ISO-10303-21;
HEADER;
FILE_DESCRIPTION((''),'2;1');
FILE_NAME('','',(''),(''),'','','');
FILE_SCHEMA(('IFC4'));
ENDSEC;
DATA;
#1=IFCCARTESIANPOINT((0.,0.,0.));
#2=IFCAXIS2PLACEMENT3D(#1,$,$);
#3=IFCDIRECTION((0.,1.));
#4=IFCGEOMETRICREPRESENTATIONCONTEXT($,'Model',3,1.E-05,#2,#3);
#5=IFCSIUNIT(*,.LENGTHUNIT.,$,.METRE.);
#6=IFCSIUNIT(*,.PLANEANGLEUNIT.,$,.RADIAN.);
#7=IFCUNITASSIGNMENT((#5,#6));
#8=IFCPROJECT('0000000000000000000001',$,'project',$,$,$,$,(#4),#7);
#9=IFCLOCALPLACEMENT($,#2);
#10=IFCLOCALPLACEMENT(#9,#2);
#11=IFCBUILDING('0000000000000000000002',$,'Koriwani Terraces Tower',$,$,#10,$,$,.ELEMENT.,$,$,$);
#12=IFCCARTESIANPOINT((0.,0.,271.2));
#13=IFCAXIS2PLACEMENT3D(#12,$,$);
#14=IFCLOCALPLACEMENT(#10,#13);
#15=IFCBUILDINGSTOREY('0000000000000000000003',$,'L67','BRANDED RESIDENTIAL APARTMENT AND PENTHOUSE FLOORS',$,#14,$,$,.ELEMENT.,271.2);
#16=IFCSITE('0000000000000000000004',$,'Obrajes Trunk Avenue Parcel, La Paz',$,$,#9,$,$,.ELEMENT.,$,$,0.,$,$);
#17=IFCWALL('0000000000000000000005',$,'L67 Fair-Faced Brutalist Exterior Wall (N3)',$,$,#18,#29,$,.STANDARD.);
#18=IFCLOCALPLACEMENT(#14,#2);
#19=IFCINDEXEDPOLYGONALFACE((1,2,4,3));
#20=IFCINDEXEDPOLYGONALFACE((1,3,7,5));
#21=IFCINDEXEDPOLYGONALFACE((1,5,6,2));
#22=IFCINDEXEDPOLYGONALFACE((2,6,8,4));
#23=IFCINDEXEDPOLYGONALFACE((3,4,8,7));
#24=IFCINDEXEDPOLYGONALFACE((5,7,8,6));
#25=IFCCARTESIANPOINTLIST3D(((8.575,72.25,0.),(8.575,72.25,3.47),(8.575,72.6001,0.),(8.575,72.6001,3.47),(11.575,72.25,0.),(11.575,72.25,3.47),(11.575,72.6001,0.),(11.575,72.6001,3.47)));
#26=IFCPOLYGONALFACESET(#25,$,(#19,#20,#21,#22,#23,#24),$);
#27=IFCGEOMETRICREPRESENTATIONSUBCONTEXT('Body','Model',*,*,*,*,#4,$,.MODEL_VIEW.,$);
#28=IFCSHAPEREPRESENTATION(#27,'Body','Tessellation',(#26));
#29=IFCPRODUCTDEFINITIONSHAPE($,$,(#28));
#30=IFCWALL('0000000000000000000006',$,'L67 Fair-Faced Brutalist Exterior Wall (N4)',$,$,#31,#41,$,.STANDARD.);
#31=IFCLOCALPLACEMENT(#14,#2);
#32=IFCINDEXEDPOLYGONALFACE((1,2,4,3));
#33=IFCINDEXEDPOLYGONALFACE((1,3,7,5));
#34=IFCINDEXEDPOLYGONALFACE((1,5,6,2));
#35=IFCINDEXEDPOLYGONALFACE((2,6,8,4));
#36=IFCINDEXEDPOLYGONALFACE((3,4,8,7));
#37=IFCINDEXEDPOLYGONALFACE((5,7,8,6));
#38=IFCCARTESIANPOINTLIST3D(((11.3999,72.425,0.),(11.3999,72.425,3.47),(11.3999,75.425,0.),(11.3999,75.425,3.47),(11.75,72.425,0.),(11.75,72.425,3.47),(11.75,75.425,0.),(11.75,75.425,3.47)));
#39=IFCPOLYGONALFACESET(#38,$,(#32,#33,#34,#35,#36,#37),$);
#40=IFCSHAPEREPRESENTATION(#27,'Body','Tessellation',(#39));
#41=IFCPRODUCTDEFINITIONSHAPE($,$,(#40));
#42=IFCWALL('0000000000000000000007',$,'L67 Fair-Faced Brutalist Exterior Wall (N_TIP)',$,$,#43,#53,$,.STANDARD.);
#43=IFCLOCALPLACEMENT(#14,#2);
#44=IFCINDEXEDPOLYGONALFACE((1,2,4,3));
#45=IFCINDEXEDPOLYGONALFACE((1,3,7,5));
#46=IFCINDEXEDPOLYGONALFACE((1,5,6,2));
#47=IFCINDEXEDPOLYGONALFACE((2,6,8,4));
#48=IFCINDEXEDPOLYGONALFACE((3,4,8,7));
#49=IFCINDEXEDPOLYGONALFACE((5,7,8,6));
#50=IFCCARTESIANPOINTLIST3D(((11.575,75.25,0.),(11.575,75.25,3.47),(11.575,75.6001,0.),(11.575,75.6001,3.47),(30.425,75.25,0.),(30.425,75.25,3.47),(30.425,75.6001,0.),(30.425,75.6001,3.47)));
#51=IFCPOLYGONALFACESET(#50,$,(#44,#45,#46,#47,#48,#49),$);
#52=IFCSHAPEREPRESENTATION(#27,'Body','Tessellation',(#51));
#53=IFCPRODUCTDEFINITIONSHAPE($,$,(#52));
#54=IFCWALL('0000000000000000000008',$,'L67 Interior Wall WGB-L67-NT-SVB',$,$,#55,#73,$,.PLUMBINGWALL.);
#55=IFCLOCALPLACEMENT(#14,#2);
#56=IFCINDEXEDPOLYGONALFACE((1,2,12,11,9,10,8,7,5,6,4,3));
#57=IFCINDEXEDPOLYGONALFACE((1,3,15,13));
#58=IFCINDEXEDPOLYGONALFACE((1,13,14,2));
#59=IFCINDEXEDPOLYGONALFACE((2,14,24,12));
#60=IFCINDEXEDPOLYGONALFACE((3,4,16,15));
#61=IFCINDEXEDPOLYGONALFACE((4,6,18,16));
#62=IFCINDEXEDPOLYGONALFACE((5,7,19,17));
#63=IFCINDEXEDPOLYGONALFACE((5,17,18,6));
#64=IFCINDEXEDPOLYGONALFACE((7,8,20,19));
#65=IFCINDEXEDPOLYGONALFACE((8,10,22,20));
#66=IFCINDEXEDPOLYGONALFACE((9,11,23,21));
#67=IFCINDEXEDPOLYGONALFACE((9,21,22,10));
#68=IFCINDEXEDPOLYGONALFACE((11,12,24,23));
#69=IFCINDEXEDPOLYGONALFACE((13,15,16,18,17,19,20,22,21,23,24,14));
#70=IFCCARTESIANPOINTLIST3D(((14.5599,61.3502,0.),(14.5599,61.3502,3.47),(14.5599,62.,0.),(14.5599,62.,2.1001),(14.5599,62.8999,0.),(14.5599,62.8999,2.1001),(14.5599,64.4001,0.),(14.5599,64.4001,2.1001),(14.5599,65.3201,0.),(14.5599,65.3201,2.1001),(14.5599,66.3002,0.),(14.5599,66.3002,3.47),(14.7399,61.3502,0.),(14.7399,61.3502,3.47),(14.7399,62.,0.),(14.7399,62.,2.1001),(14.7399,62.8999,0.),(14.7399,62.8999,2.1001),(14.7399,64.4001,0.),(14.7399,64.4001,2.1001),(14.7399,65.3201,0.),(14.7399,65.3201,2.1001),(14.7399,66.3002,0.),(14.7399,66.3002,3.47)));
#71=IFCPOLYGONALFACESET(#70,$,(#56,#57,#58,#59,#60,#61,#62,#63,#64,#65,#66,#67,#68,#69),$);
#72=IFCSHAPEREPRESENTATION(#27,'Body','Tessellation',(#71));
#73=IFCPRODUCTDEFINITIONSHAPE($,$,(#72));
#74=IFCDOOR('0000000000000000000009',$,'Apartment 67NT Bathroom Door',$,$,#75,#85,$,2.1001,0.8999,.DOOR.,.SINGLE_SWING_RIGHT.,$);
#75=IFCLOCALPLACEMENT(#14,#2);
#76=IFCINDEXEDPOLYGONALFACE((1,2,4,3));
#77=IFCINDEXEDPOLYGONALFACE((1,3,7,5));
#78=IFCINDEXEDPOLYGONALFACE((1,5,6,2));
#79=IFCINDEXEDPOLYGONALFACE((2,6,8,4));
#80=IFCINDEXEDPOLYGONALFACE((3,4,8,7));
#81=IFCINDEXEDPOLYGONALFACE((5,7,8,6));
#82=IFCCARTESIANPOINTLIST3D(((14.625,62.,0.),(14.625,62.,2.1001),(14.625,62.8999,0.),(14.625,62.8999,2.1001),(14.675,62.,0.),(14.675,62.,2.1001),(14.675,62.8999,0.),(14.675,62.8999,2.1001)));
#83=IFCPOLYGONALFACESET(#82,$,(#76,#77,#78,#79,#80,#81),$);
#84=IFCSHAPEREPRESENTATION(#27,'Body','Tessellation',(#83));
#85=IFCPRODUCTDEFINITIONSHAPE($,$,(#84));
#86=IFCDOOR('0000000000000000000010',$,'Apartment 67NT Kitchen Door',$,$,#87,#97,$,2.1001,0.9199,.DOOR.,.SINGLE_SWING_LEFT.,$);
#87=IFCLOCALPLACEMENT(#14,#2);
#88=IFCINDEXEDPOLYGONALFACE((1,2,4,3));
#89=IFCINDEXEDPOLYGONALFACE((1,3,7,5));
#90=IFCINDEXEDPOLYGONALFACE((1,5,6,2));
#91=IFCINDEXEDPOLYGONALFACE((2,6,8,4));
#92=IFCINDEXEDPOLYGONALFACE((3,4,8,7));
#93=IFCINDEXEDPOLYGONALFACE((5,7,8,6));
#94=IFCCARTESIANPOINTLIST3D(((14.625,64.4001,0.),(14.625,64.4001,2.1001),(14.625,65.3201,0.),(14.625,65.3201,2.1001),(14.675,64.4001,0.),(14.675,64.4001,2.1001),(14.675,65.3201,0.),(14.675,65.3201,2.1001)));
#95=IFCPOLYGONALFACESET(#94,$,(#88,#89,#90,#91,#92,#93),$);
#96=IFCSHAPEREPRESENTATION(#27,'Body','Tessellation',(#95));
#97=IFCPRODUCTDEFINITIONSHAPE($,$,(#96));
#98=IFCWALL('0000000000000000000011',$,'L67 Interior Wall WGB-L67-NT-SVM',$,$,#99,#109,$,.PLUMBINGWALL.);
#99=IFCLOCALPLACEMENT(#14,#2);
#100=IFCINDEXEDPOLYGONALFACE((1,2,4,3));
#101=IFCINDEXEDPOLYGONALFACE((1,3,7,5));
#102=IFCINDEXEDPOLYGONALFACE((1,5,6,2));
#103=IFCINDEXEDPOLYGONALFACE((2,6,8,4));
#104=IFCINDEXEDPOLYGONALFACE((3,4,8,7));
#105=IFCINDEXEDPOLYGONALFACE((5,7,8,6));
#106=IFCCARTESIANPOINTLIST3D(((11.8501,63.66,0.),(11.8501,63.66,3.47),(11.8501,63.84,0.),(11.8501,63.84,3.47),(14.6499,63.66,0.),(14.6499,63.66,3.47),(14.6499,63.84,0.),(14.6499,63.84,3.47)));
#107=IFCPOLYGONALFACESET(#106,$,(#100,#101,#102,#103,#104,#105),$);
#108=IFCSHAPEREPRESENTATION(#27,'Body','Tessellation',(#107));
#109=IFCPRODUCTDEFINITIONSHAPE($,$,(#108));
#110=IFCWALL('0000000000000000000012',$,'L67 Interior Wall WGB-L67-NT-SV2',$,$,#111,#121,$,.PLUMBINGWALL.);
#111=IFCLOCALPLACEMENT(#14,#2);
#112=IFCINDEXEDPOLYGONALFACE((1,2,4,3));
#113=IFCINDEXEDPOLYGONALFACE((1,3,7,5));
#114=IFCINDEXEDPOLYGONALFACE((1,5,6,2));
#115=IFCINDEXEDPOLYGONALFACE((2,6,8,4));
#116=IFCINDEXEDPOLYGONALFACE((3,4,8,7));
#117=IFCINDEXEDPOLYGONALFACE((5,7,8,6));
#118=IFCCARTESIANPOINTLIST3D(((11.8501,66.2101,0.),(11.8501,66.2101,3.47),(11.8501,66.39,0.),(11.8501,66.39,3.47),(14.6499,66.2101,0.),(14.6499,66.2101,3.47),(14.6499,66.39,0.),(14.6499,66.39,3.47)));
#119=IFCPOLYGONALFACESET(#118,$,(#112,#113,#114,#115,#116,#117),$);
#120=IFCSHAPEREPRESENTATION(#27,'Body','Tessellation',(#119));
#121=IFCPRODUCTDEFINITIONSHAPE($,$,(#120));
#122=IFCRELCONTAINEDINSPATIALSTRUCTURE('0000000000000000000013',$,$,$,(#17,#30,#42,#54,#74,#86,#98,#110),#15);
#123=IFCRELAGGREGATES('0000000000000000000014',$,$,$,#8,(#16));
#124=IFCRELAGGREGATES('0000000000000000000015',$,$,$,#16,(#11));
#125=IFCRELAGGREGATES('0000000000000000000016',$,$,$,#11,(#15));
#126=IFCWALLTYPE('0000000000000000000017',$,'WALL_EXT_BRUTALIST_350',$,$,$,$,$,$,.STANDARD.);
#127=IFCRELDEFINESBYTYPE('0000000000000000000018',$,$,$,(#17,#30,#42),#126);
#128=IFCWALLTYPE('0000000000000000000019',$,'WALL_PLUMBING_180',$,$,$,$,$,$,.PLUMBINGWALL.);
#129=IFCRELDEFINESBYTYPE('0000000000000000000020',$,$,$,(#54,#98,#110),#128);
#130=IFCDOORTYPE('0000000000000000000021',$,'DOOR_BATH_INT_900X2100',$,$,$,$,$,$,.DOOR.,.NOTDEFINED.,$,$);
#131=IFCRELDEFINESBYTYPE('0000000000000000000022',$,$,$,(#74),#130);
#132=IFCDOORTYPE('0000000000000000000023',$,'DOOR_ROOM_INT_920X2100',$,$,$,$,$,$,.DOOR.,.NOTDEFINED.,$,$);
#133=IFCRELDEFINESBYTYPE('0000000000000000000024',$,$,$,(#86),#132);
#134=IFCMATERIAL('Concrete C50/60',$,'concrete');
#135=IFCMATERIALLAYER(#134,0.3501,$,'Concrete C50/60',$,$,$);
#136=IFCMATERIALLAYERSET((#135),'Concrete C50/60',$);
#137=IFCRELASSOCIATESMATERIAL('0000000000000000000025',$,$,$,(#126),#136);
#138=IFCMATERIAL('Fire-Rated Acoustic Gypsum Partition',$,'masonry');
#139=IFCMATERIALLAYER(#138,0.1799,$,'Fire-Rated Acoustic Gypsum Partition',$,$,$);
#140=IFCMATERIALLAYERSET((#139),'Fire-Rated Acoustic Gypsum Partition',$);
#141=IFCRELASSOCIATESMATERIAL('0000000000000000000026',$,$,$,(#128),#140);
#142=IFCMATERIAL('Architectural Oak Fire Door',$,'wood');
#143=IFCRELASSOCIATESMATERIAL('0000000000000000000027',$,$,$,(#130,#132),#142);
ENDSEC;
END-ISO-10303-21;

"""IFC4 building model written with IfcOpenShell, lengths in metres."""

from ifc_helpers import new_model, si_unit, direction, frame, frame_2d, origin, place, context, subcontext, project, spatial, rectangle, extrude, material, layer, layer_set, type_object, element, fill, save


model = new_model("IFC4")

# Units and contexts
model_context = context("Model", 3, precision=1e-05, world=origin(), true_north=direction((0.0, 1.0)))
body_context = subcontext(model_context, "Body", "Model", "MODEL_VIEW")
ifc_project = project(units=[si_unit("LENGTHUNIT", "METRE"), si_unit("PLANEANGLEUNIT", "RADIAN")], contexts=[model_context])

# Site, building, storey
site_placement = place(None, origin())
site = spatial("IfcSite", under=ifc_project, at=site_placement, Name="Obrajes Trunk Avenue Parcel, La Paz", CompositionType="ELEMENT", RefElevation=0.0)
building_placement = place(site_placement, origin())
building = spatial("IfcBuilding", under=site, at=building_placement, Name="Koriwani Terraces Tower", CompositionType="ELEMENT")
storey_placement = place(building_placement, frame((0.0, 0.0, 271.2)))
storey = spatial("IfcBuildingStorey", under=building, at=storey_placement, Name="L67", Description="BRANDED RESIDENTIAL APARTMENT AND PENTHOUSE FLOORS", CompositionType="ELEMENT", Elevation=271.2)

# Shared definitions
ifc_material_1 = material(Name="Concrete C50/60", Category="concrete")

# Shared definitions
ifc_material_2 = material(Name="Architectural Oak Fire Door", Category="wood")

# Walls
ifc_layer_1 = layer(ifc_material_1, 0.3501, Name="Concrete C50/60")
ifc_layer_set_1 = layer_set([ifc_layer_1], Name="Concrete C50/60")
wall_type_1 = type_object("IfcWallType", Name="WALL_EXT_BRUTALIST_350", PredefinedType="STANDARD", material=ifc_layer_set_1)
for number, where, z_axis, x_axis, name in (
    (1, (8.575, 72.425, 0.0), (0.0, 0.0, 1.0), (1.0, 0.0, 0.0), "L67 Fair-Faced Brutalist Exterior Wall (N3)"),
    (2, (11.575, 72.425, 0.0), (0.0, 0.0, 1.0), (0.0, 1.0, 0.0), "L67 Fair-Faced Brutalist Exterior Wall (N4)"),
):
    element("IfcWall", number, at=place(storey_placement, frame(where, z_axis=z_axis, x_axis=x_axis)), inside=storey, type_object=wall_type_1, Name=name, PredefinedType="STANDARD", context=body_context, shape_type="SweptSolid", body=[
        extrude(rectangle(XDim=3.0, YDim=0.3501, at=frame_2d((1.5, 0.0))), origin(), (0.0, 0.0, 1.0), 3.47),
    ])
wall_1_placement = place(storey_placement, frame((11.575, 75.425, 0.0), z_axis=(0.0, 0.0, 1.0), x_axis=(1.0, 0.0, 0.0)))
element("IfcWall", 3, at=wall_1_placement, inside=storey, type_object=wall_type_1, Name="L67 Fair-Faced Brutalist Exterior Wall (N_TIP)", PredefinedType="STANDARD", context=body_context, shape_type="SweptSolid", body=[
    extrude(rectangle(XDim=18.8501, YDim=0.3501, at=frame_2d((9.425, 0.0))), origin(), (0.0, 0.0, 1.0), 3.47),
])

# Wall, openings, doors
ifc_material_3 = material(Name="Fire-Rated Acoustic Gypsum Partition", Category="masonry")
ifc_layer_2 = layer(ifc_material_3, 0.1799, Name="Fire-Rated Acoustic Gypsum Partition")
ifc_layer_set_2 = layer_set([ifc_layer_2], Name="Fire-Rated Acoustic Gypsum Partition")
wall_type_2 = type_object("IfcWallType", Name="WALL_PLUMBING_180", PredefinedType="PLUMBINGWALL", material=ifc_layer_set_2)
wall_2_placement = place(storey_placement, frame((14.6499, 61.3501, 0.0), z_axis=(0.0, 0.0, 1.0), x_axis=(0.0, 1.0, 0.0)))
wall_2 = element("IfcWall", 4, at=wall_2_placement, inside=storey, type_object=wall_type_2, Name="L67 Interior Wall WGB-L67-NT-SVB", PredefinedType="PLUMBINGWALL", context=body_context, shape_type="SweptSolid", body=[
    extrude(rectangle(XDim=4.95, YDim=0.1799, at=frame_2d((2.4751, 0.0))), origin(), (0.0, 0.0, 1.0), 3.47),
])
opening_1_placement = place(wall_2_placement, frame((0.6499, 0.0, 0.0)))
opening_1 = element("IfcOpeningElement", 5, at=opening_1_placement, cuts=wall_2, PredefinedType="OPENING", context=body_context, shape_type="SweptSolid", body=[
    extrude(rectangle(XDim=0.8999, YDim=2.1001, at=frame_2d((0.45, 1.05))), frame((0.0, 0.1001, 0.0), z_axis=(0.0, -1.0, 0.0), x_axis=(1.0, 0.0, 0.0)), (0.0, 0.0, 1.0), 0.2),
])
opening_2_placement = place(wall_2_placement, frame((3.05, 0.0, 0.0)))
opening_2 = element("IfcOpeningElement", 6, at=opening_2_placement, cuts=wall_2, PredefinedType="OPENING", context=body_context, shape_type="SweptSolid", body=[
    extrude(rectangle(XDim=0.9199, YDim=2.1001, at=frame_2d((0.46, 1.05))), frame((0.0, 0.1001, 0.0), z_axis=(0.0, -1.0, 0.0), x_axis=(1.0, 0.0, 0.0)), (0.0, 0.0, 1.0), 0.2),
])
door_type_1 = type_object("IfcDoorType", Name="DOOR_BATH_INT_900X2100", OperationType="NOTDEFINED", PredefinedType="DOOR", material=ifc_material_2)
door_1_placement = place(opening_1_placement, origin())
door_1 = element("IfcDoor", 7, at=door_1_placement, inside=storey, type_object=door_type_1, Name="Apartment 67NT Bathroom Door", OperationType="SINGLE_SWING_RIGHT", OverallHeight=2.1001, OverallWidth=0.8999, PredefinedType="DOOR", context=body_context, shape_type="SweptSolid", body=[
    extrude(rectangle(XDim=0.8999, YDim=2.1001, at=frame_2d((0.45, 1.05))), frame((0.0, 0.0249, 0.0), z_axis=(0.0, -1.0, 0.0), x_axis=(1.0, 0.0, 0.0)), (0.0, 0.0, 1.0), 0.05),
])
fill(opening_1, door_1)
door_type_2 = type_object("IfcDoorType", Name="DOOR_ROOM_INT_920X2100", OperationType="NOTDEFINED", PredefinedType="DOOR", material=ifc_material_2)
door_2_placement = place(opening_2_placement, origin())
door_2 = element("IfcDoor", 8, at=door_2_placement, inside=storey, type_object=door_type_2, Name="Apartment 67NT Kitchen Door", OperationType="SINGLE_SWING_LEFT", OverallHeight=2.1001, OverallWidth=0.9199, PredefinedType="DOOR", context=body_context, shape_type="SweptSolid", body=[
    extrude(rectangle(XDim=0.9199, YDim=2.1001, at=frame_2d((0.46, 1.05))), frame((0.0, 0.0249, 0.0), z_axis=(0.0, -1.0, 0.0), x_axis=(1.0, 0.0, 0.0)), (0.0, 0.0, 1.0), 0.05),
])
fill(opening_2, door_2)

# Walls
for number, where, z_axis, x_axis, name in (
    (9, (11.8501, 63.75, 0.0), (0.0, 0.0, 1.0), (1.0, 0.0, 0.0), "L67 Interior Wall WGB-L67-NT-SVM"),
    (10, (11.8501, 66.3, 0.0), (0.0, 0.0, 1.0), (1.0, 0.0, 0.0), "L67 Interior Wall WGB-L67-NT-SV2"),
):
    element("IfcWall", number, at=place(storey_placement, frame(where, z_axis=z_axis, x_axis=x_axis)), inside=storey, type_object=wall_type_2, Name=name, PredefinedType="PLUMBINGWALL", context=body_context, shape_type="SweptSolid", body=[
        extrude(rectangle(XDim=2.7998, YDim=0.1799, at=frame_2d((1.3999, 0.0))), origin(), (0.0, 0.0, 1.0), 3.47),
    ])

save(model, "model.ifc")
